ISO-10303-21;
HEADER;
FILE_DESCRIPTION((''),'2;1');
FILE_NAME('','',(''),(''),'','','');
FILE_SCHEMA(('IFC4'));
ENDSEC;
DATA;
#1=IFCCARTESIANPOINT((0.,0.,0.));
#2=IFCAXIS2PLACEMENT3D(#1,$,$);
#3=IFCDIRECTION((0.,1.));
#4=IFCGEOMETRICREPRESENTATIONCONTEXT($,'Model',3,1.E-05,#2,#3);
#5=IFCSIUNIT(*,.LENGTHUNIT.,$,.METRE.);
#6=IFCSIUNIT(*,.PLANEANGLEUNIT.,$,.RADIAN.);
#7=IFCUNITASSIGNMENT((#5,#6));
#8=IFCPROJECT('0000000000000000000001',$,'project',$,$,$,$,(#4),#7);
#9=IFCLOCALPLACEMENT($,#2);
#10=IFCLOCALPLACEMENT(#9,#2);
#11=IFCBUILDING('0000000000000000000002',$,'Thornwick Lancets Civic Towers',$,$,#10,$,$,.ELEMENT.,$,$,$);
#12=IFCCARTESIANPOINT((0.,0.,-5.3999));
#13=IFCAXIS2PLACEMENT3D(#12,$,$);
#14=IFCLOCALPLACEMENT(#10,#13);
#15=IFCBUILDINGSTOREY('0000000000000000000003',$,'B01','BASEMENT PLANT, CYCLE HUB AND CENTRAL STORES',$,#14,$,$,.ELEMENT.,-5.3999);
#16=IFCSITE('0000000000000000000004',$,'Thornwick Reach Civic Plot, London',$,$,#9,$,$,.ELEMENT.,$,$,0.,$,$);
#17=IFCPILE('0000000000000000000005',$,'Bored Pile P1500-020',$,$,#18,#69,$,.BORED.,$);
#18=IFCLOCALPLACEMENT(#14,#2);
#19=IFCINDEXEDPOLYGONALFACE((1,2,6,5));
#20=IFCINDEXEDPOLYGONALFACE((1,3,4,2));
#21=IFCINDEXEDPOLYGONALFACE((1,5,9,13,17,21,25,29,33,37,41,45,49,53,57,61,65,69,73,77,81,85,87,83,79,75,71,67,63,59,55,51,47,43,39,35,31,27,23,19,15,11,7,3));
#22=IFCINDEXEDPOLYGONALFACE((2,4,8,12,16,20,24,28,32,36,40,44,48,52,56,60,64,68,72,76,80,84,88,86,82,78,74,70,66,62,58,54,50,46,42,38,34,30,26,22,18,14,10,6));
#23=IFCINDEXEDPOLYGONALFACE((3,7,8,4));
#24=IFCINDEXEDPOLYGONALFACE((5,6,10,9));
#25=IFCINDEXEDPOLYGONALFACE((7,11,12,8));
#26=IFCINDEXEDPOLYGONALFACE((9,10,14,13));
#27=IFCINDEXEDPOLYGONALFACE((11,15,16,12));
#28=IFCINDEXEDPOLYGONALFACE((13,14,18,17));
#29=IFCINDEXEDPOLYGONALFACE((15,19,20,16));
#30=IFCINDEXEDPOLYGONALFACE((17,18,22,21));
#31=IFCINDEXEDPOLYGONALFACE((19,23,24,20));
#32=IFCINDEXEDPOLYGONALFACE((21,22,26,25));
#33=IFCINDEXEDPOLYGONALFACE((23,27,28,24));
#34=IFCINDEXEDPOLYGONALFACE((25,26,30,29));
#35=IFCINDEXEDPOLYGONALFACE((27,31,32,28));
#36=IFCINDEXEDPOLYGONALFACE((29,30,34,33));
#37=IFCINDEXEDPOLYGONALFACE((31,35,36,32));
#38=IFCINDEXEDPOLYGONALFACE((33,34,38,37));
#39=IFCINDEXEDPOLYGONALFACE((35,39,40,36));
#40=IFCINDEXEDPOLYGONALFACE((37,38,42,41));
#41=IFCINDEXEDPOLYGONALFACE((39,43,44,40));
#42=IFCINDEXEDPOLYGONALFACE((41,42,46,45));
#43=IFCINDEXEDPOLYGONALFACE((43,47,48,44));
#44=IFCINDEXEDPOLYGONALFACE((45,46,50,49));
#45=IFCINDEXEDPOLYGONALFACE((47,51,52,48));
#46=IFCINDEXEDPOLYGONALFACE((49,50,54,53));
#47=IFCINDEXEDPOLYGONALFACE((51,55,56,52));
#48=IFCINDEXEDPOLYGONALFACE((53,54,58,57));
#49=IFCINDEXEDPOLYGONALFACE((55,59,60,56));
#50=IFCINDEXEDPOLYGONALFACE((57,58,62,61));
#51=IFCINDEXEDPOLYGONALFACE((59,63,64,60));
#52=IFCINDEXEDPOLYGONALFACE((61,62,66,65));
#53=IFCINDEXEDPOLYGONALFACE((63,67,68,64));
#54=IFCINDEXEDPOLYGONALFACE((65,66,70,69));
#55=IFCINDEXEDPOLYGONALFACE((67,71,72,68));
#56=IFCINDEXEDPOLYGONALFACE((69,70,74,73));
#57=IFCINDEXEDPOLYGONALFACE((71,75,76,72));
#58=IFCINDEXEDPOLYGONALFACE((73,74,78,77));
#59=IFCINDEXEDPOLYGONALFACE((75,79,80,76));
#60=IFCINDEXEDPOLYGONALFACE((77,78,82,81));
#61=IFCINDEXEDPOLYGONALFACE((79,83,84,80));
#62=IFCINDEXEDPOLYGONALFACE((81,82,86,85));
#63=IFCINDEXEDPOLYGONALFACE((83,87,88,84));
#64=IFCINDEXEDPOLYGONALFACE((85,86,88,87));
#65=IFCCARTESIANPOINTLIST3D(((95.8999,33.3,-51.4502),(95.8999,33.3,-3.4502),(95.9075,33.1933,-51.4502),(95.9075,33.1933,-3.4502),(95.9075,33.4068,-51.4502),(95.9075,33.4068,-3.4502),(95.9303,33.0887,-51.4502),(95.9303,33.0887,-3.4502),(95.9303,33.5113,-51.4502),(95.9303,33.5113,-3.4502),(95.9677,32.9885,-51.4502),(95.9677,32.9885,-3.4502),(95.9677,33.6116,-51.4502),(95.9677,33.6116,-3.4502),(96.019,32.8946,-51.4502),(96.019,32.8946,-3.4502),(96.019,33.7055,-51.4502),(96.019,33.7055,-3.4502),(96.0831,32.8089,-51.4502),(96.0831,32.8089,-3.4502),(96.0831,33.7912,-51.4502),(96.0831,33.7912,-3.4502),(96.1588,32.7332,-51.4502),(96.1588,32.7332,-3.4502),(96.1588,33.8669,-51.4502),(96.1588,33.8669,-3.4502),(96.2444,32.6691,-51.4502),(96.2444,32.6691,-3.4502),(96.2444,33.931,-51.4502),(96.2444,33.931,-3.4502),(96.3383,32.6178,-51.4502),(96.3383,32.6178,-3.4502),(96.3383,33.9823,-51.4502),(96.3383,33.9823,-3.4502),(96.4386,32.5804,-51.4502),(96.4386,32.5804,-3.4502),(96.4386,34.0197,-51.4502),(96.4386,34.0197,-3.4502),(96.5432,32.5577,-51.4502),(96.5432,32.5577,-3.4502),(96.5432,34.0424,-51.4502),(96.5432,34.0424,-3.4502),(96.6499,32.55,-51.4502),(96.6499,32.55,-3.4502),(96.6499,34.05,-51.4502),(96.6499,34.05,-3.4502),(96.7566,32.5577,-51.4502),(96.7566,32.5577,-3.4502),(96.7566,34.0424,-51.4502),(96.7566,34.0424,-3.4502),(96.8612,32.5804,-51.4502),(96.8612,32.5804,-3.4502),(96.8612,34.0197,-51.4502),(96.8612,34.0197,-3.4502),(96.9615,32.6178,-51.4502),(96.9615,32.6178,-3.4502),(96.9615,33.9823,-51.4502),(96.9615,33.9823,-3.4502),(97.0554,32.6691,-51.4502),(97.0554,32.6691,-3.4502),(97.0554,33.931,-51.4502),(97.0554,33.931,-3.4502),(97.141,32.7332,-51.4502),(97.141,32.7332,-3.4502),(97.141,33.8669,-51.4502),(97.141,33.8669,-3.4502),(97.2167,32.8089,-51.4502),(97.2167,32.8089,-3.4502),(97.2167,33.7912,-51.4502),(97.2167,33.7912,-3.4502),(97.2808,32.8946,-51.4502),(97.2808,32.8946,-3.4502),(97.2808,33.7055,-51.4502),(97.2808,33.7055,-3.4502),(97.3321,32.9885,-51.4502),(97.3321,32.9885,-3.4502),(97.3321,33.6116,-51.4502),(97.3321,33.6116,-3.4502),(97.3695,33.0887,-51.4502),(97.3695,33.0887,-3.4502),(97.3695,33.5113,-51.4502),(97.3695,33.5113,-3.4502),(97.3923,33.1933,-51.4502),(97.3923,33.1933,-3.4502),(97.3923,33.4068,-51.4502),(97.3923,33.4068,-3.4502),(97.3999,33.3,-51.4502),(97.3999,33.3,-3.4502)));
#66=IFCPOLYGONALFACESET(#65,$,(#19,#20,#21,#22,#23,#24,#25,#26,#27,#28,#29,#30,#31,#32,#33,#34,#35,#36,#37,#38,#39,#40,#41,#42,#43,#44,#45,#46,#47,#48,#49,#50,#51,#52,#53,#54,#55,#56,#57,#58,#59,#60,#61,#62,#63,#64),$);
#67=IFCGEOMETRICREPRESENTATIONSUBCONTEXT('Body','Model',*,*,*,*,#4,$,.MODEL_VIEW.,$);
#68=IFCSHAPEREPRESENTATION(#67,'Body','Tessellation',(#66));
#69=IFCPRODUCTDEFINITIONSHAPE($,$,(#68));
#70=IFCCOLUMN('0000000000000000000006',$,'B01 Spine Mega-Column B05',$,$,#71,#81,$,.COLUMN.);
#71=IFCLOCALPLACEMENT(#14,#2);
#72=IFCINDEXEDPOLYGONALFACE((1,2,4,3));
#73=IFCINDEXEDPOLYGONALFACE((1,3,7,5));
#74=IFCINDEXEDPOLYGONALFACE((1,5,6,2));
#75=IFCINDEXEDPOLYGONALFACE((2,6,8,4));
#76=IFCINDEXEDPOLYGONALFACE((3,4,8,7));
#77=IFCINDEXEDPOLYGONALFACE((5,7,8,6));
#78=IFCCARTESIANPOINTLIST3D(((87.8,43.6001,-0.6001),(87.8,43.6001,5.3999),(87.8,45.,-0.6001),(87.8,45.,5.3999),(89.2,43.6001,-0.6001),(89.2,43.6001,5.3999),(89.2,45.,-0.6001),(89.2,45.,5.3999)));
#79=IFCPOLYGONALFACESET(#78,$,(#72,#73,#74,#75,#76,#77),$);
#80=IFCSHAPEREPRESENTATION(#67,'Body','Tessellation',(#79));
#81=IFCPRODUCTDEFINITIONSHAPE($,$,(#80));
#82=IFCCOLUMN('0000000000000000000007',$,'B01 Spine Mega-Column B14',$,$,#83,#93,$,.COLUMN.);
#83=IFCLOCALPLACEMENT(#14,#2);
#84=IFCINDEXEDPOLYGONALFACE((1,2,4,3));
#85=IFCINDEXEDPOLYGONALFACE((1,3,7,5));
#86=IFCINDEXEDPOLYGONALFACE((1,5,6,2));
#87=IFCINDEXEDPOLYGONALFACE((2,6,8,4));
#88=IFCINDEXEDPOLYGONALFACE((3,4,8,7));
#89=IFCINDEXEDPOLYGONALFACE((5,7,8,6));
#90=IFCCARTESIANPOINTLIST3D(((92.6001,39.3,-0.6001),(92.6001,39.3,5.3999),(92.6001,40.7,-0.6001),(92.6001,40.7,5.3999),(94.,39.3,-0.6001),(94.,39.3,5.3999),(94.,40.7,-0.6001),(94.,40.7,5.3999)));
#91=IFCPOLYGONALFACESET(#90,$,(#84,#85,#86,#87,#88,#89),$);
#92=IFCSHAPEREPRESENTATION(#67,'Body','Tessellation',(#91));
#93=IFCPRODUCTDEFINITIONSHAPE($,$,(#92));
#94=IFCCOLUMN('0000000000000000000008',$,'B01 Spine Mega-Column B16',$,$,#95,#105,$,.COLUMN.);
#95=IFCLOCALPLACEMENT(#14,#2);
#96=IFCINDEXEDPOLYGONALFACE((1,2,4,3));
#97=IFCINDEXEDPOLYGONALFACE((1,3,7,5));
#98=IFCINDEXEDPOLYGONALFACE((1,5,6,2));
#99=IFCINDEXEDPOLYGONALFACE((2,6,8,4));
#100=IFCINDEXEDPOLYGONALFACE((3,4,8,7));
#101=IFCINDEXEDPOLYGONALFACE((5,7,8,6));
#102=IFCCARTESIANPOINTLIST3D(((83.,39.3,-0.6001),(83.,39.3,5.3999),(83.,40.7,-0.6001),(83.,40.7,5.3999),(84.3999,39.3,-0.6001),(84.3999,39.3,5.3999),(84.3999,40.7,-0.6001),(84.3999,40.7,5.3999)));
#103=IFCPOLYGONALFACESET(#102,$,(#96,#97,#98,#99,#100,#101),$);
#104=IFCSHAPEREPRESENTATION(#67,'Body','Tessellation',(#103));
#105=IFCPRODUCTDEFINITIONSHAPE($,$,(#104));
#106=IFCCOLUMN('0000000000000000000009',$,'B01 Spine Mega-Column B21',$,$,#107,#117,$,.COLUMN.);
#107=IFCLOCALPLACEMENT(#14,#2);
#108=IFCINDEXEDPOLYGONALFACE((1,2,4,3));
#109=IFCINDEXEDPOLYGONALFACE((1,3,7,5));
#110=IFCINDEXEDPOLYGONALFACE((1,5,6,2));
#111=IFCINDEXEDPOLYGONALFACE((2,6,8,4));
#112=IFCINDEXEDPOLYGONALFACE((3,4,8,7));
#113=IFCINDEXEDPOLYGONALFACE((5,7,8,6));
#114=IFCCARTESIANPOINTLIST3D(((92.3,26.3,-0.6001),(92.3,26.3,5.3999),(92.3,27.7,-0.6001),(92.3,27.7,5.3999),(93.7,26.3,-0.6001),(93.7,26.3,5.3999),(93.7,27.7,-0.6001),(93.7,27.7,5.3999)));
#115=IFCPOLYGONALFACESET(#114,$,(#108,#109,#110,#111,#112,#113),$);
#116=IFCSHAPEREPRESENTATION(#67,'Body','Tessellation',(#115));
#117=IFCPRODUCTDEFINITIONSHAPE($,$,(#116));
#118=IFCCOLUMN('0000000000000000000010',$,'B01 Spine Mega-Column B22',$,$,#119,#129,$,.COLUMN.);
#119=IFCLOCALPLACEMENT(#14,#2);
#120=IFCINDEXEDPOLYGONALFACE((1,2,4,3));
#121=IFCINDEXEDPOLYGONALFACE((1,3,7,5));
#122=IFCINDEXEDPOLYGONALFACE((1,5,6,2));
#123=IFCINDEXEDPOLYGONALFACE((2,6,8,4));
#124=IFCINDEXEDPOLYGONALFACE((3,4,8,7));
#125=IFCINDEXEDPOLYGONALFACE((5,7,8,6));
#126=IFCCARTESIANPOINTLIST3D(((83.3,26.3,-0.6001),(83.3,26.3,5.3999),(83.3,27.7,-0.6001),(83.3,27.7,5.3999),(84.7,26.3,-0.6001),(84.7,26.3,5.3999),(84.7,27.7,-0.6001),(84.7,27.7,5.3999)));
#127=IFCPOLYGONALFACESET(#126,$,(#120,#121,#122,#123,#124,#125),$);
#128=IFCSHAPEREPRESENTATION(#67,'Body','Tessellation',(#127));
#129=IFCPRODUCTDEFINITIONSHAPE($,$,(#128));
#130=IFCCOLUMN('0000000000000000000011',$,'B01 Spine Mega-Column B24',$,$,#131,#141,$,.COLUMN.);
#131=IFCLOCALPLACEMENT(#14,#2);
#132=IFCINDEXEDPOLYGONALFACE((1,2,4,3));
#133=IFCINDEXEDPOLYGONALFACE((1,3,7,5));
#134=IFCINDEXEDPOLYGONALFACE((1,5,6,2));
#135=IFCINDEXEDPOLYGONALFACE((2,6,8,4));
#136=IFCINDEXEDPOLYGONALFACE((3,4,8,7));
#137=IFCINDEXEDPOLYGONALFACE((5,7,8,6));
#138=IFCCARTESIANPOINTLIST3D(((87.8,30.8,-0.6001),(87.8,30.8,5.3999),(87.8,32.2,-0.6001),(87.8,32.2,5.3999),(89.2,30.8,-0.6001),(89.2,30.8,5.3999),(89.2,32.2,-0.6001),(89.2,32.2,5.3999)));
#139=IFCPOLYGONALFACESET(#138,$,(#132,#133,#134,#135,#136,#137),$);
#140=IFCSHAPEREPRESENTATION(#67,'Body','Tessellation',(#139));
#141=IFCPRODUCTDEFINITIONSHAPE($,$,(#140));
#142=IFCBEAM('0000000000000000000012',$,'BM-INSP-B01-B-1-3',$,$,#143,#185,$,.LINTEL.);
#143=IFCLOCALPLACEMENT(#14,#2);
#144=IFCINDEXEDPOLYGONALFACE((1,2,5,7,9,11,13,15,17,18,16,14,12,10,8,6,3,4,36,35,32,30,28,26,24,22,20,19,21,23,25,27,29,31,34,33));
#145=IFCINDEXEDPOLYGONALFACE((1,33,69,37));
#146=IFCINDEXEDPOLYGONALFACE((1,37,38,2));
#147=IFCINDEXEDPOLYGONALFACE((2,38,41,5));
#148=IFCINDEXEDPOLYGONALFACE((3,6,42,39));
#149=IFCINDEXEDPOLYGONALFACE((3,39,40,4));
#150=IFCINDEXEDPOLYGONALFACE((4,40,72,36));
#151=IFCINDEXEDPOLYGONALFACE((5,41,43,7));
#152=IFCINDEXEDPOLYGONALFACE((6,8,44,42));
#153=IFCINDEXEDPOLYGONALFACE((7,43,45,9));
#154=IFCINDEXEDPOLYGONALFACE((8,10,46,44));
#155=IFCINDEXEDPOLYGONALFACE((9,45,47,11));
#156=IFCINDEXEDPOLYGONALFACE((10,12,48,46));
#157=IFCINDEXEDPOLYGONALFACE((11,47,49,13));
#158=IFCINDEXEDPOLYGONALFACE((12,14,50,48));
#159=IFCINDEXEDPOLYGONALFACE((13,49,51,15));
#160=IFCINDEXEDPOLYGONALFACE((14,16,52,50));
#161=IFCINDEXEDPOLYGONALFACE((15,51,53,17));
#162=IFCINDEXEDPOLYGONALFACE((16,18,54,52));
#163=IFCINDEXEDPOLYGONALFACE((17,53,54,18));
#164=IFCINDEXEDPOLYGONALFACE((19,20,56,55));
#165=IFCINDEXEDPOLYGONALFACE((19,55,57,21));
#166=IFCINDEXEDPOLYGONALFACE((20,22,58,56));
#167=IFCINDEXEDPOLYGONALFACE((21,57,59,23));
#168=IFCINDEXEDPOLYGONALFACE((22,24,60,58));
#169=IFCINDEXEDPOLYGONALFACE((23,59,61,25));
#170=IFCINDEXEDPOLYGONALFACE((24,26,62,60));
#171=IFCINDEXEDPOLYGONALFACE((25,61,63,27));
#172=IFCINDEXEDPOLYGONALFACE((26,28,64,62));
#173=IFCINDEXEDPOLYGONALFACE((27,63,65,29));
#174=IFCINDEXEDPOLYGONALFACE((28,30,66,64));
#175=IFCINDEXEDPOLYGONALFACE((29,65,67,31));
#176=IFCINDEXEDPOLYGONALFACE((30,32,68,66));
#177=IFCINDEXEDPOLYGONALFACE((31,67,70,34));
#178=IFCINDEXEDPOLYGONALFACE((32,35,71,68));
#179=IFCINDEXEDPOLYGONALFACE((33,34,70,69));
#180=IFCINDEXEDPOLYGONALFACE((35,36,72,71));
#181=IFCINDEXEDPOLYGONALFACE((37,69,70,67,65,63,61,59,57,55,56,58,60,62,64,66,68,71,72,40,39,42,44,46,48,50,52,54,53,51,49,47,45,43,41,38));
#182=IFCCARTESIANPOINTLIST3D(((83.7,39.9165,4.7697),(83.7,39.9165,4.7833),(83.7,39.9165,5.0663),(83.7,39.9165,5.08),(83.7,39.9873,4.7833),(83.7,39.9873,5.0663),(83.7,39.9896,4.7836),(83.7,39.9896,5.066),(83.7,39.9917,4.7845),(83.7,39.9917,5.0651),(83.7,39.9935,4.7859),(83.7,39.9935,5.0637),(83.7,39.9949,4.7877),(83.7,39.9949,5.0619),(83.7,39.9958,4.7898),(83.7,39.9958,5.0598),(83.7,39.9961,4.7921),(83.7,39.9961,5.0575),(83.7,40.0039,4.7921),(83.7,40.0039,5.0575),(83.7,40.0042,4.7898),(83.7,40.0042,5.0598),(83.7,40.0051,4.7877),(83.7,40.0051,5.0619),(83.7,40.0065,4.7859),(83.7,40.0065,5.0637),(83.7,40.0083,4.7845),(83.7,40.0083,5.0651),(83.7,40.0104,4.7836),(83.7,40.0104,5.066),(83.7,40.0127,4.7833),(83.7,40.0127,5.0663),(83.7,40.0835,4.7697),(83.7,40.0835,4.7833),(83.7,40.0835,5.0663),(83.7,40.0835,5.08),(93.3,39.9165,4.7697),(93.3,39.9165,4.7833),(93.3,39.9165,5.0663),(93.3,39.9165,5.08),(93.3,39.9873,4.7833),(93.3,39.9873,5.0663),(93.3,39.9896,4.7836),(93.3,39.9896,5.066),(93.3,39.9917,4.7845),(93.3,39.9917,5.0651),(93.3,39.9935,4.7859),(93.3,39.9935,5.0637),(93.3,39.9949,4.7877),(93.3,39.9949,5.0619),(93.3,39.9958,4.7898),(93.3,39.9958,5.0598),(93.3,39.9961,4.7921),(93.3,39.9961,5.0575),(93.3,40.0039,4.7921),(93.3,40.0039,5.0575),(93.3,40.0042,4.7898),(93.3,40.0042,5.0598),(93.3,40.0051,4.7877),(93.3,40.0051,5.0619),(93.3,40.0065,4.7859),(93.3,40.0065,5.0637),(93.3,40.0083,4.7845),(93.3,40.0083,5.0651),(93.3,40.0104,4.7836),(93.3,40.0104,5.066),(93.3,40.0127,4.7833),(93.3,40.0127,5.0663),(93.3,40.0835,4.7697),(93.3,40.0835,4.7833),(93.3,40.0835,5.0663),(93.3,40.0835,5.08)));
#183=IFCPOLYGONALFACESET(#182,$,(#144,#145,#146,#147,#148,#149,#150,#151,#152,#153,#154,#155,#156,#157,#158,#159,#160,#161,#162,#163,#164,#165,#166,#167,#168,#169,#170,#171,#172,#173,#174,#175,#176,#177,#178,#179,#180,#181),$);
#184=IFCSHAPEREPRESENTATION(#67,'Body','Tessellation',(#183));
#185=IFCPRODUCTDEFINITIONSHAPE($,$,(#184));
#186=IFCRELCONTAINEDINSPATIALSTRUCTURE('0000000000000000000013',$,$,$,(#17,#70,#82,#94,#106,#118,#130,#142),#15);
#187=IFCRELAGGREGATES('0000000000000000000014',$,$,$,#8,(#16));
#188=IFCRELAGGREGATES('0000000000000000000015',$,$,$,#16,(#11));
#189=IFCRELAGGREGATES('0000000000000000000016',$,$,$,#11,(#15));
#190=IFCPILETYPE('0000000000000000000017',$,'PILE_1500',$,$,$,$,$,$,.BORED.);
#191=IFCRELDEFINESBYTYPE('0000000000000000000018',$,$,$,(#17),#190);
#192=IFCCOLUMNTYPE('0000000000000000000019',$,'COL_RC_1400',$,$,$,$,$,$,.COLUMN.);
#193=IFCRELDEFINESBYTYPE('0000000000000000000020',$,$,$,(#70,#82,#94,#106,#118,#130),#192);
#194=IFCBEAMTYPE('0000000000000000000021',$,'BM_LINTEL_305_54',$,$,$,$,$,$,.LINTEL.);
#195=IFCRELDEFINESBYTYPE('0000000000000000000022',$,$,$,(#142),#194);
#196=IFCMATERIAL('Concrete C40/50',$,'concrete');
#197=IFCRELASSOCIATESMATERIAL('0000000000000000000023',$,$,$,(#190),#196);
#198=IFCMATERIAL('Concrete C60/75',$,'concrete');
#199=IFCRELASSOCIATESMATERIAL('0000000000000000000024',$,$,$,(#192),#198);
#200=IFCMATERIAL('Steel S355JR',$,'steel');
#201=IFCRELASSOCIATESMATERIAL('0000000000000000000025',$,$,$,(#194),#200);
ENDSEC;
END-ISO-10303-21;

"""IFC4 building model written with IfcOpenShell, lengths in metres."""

from ifc_helpers import new_model, si_unit, direction, frame, origin, origin_2d, place, context, subcontext, project, spatial, rectangle, circle, i_section, extrude, material, material_profile, profile_set, type_object, element, save


model = new_model("IFC4")

# Units and contexts
model_context = context("Model", 3, precision=1e-05, world=origin(), true_north=direction((0.0, 1.0)))
body_context = subcontext(model_context, "Body", "Model", "MODEL_VIEW")
ifc_project = project(units=[si_unit("LENGTHUNIT", "METRE"), si_unit("PLANEANGLEUNIT", "RADIAN")], contexts=[model_context])

# Site, building, storey
site_placement = place(None, origin())
site = spatial("IfcSite", under=ifc_project, at=site_placement, Name="Thornwick Reach Civic Plot, London", CompositionType="ELEMENT", RefElevation=0.0)
building_placement = place(site_placement, origin())
building = spatial("IfcBuilding", under=site, at=building_placement, Name="Thornwick Lancets Civic Towers", CompositionType="ELEMENT")
storey_placement = place(building_placement, frame((0.0, 0.0, -5.3999)))
storey = spatial("IfcBuildingStorey", under=building, at=storey_placement, Name="B01", Description="BASEMENT PLANT, CYCLE HUB AND CENTRAL STORES", CompositionType="ELEMENT", Elevation=-5.3999)

# Shared definitions
ifc_material_1 = material(Name="Concrete C40/50", Category="concrete")

# Pile
ifc_material_profile_1 = material_profile(ifc_material_1, circle(Radius=0.75, at=origin_2d()), Name="PILE D1500")
ifc_profile_set_1 = profile_set([ifc_material_profile_1], Name="Concrete C40/50")
pile_type_1 = type_object("IfcPileType", Name="PILE_1500", PredefinedType="BORED", material=ifc_profile_set_1)
for number, where, z_axis, x_axis, name in (
    (1, (96.6499, 33.3, -3.4502), (0.0, 0.0, -1.0), (1.0, 0.0, 0.0), "Bored Pile P1500-020"),
):
    element("IfcPile", number, at=place(storey_placement, frame(where, z_axis=z_axis, x_axis=x_axis)), inside=storey, type_object=pile_type_1, Name=name, PredefinedType="BORED", context=body_context, shape_type="SweptSolid", body=[
        extrude(circle(Radius=0.75, at=origin_2d()), origin(), (0.0, 0.0, 1.0), 48.0),
    ])

# Columns
ifc_material_2 = material(Name="Concrete C60/75", Category="concrete")
ifc_material_profile_2 = material_profile(ifc_material_2, rectangle(XDim=1.3999, YDim=1.3999, at=origin_2d()), Name="RC 1400x1400")
ifc_profile_set_2 = profile_set([ifc_material_profile_2], Name="Concrete C60/75")
column_type = type_object("IfcColumnType", Name="COL_RC_1400", PredefinedType="COLUMN", material=ifc_profile_set_2)
for number, where, z_axis, x_axis, name in (
    (2, (88.5, 44.3, -0.6001), (0.0, 0.0, 1.0), (1.0, 0.0, 0.0), "B01 Spine Mega-Column B05"),
    (3, (93.3, 40.0, -0.6001), (0.0, 0.0, 1.0), (1.0, 0.0, 0.0), "B01 Spine Mega-Column B14"),
    (4, (83.7, 40.0, -0.6001), (0.0, 0.0, 1.0), (1.0, 0.0, 0.0), "B01 Spine Mega-Column B16"),
    (5, (93.0, 27.0, -0.6001), (0.0, 0.0, 1.0), (1.0, 0.0, 0.0), "B01 Spine Mega-Column B21"),
    (6, (84.0, 27.0, -0.6001), (0.0, 0.0, 1.0), (1.0, 0.0, 0.0), "B01 Spine Mega-Column B22"),
    (7, (88.5, 31.5, -0.6001), (0.0, 0.0, 1.0), (1.0, 0.0, 0.0), "B01 Spine Mega-Column B24"),
):
    element("IfcColumn", number, at=place(storey_placement, frame(where, z_axis=z_axis, x_axis=x_axis)), inside=storey, type_object=column_type, Name=name, PredefinedType="COLUMN", context=body_context, shape_type="SweptSolid", body=[
        extrude(rectangle(XDim=1.3999, YDim=1.3999, at=origin_2d()), origin(), (0.0, 0.0, 1.0), 6.0),
    ])

# Beam
ifc_material_3 = material(Name="Steel S355JR", Category="steel")
ifc_material_profile_3 = material_profile(ifc_material_3, i_section(OverallWidth=0.167, OverallDepth=0.3103, WebThickness=0.0078, FlangeThickness=0.0137, FilletRadius=0.0088, at=origin_2d()), Name="UKB 305x165x54")
ifc_profile_set_3 = profile_set([ifc_material_profile_3], Name="Steel S355JR")
beam_type_1 = type_object("IfcBeamType", Name="BM_LINTEL_305_54", PredefinedType="LINTEL", material=ifc_profile_set_3)
beam_1_placement = place(storey_placement, frame((93.3, 40.0, 4.9248), z_axis=(-1.0, 0.0, 0.0), x_axis=(0.0, -1.0, 0.0)))
element("IfcBeam", 8, at=beam_1_placement, inside=storey, type_object=beam_type_1, Name="BM-INSP-B01-B-1-3", PredefinedType="LINTEL", context=body_context, shape_type="SweptSolid", body=[
    extrude(i_section(OverallWidth=0.167, OverallDepth=0.3103, WebThickness=0.0078, FlangeThickness=0.0137, FilletRadius=0.0088, at=origin_2d()), origin(), (0.0, 0.0, 1.0), 9.6001),
])

save(model, "model.ifc")
